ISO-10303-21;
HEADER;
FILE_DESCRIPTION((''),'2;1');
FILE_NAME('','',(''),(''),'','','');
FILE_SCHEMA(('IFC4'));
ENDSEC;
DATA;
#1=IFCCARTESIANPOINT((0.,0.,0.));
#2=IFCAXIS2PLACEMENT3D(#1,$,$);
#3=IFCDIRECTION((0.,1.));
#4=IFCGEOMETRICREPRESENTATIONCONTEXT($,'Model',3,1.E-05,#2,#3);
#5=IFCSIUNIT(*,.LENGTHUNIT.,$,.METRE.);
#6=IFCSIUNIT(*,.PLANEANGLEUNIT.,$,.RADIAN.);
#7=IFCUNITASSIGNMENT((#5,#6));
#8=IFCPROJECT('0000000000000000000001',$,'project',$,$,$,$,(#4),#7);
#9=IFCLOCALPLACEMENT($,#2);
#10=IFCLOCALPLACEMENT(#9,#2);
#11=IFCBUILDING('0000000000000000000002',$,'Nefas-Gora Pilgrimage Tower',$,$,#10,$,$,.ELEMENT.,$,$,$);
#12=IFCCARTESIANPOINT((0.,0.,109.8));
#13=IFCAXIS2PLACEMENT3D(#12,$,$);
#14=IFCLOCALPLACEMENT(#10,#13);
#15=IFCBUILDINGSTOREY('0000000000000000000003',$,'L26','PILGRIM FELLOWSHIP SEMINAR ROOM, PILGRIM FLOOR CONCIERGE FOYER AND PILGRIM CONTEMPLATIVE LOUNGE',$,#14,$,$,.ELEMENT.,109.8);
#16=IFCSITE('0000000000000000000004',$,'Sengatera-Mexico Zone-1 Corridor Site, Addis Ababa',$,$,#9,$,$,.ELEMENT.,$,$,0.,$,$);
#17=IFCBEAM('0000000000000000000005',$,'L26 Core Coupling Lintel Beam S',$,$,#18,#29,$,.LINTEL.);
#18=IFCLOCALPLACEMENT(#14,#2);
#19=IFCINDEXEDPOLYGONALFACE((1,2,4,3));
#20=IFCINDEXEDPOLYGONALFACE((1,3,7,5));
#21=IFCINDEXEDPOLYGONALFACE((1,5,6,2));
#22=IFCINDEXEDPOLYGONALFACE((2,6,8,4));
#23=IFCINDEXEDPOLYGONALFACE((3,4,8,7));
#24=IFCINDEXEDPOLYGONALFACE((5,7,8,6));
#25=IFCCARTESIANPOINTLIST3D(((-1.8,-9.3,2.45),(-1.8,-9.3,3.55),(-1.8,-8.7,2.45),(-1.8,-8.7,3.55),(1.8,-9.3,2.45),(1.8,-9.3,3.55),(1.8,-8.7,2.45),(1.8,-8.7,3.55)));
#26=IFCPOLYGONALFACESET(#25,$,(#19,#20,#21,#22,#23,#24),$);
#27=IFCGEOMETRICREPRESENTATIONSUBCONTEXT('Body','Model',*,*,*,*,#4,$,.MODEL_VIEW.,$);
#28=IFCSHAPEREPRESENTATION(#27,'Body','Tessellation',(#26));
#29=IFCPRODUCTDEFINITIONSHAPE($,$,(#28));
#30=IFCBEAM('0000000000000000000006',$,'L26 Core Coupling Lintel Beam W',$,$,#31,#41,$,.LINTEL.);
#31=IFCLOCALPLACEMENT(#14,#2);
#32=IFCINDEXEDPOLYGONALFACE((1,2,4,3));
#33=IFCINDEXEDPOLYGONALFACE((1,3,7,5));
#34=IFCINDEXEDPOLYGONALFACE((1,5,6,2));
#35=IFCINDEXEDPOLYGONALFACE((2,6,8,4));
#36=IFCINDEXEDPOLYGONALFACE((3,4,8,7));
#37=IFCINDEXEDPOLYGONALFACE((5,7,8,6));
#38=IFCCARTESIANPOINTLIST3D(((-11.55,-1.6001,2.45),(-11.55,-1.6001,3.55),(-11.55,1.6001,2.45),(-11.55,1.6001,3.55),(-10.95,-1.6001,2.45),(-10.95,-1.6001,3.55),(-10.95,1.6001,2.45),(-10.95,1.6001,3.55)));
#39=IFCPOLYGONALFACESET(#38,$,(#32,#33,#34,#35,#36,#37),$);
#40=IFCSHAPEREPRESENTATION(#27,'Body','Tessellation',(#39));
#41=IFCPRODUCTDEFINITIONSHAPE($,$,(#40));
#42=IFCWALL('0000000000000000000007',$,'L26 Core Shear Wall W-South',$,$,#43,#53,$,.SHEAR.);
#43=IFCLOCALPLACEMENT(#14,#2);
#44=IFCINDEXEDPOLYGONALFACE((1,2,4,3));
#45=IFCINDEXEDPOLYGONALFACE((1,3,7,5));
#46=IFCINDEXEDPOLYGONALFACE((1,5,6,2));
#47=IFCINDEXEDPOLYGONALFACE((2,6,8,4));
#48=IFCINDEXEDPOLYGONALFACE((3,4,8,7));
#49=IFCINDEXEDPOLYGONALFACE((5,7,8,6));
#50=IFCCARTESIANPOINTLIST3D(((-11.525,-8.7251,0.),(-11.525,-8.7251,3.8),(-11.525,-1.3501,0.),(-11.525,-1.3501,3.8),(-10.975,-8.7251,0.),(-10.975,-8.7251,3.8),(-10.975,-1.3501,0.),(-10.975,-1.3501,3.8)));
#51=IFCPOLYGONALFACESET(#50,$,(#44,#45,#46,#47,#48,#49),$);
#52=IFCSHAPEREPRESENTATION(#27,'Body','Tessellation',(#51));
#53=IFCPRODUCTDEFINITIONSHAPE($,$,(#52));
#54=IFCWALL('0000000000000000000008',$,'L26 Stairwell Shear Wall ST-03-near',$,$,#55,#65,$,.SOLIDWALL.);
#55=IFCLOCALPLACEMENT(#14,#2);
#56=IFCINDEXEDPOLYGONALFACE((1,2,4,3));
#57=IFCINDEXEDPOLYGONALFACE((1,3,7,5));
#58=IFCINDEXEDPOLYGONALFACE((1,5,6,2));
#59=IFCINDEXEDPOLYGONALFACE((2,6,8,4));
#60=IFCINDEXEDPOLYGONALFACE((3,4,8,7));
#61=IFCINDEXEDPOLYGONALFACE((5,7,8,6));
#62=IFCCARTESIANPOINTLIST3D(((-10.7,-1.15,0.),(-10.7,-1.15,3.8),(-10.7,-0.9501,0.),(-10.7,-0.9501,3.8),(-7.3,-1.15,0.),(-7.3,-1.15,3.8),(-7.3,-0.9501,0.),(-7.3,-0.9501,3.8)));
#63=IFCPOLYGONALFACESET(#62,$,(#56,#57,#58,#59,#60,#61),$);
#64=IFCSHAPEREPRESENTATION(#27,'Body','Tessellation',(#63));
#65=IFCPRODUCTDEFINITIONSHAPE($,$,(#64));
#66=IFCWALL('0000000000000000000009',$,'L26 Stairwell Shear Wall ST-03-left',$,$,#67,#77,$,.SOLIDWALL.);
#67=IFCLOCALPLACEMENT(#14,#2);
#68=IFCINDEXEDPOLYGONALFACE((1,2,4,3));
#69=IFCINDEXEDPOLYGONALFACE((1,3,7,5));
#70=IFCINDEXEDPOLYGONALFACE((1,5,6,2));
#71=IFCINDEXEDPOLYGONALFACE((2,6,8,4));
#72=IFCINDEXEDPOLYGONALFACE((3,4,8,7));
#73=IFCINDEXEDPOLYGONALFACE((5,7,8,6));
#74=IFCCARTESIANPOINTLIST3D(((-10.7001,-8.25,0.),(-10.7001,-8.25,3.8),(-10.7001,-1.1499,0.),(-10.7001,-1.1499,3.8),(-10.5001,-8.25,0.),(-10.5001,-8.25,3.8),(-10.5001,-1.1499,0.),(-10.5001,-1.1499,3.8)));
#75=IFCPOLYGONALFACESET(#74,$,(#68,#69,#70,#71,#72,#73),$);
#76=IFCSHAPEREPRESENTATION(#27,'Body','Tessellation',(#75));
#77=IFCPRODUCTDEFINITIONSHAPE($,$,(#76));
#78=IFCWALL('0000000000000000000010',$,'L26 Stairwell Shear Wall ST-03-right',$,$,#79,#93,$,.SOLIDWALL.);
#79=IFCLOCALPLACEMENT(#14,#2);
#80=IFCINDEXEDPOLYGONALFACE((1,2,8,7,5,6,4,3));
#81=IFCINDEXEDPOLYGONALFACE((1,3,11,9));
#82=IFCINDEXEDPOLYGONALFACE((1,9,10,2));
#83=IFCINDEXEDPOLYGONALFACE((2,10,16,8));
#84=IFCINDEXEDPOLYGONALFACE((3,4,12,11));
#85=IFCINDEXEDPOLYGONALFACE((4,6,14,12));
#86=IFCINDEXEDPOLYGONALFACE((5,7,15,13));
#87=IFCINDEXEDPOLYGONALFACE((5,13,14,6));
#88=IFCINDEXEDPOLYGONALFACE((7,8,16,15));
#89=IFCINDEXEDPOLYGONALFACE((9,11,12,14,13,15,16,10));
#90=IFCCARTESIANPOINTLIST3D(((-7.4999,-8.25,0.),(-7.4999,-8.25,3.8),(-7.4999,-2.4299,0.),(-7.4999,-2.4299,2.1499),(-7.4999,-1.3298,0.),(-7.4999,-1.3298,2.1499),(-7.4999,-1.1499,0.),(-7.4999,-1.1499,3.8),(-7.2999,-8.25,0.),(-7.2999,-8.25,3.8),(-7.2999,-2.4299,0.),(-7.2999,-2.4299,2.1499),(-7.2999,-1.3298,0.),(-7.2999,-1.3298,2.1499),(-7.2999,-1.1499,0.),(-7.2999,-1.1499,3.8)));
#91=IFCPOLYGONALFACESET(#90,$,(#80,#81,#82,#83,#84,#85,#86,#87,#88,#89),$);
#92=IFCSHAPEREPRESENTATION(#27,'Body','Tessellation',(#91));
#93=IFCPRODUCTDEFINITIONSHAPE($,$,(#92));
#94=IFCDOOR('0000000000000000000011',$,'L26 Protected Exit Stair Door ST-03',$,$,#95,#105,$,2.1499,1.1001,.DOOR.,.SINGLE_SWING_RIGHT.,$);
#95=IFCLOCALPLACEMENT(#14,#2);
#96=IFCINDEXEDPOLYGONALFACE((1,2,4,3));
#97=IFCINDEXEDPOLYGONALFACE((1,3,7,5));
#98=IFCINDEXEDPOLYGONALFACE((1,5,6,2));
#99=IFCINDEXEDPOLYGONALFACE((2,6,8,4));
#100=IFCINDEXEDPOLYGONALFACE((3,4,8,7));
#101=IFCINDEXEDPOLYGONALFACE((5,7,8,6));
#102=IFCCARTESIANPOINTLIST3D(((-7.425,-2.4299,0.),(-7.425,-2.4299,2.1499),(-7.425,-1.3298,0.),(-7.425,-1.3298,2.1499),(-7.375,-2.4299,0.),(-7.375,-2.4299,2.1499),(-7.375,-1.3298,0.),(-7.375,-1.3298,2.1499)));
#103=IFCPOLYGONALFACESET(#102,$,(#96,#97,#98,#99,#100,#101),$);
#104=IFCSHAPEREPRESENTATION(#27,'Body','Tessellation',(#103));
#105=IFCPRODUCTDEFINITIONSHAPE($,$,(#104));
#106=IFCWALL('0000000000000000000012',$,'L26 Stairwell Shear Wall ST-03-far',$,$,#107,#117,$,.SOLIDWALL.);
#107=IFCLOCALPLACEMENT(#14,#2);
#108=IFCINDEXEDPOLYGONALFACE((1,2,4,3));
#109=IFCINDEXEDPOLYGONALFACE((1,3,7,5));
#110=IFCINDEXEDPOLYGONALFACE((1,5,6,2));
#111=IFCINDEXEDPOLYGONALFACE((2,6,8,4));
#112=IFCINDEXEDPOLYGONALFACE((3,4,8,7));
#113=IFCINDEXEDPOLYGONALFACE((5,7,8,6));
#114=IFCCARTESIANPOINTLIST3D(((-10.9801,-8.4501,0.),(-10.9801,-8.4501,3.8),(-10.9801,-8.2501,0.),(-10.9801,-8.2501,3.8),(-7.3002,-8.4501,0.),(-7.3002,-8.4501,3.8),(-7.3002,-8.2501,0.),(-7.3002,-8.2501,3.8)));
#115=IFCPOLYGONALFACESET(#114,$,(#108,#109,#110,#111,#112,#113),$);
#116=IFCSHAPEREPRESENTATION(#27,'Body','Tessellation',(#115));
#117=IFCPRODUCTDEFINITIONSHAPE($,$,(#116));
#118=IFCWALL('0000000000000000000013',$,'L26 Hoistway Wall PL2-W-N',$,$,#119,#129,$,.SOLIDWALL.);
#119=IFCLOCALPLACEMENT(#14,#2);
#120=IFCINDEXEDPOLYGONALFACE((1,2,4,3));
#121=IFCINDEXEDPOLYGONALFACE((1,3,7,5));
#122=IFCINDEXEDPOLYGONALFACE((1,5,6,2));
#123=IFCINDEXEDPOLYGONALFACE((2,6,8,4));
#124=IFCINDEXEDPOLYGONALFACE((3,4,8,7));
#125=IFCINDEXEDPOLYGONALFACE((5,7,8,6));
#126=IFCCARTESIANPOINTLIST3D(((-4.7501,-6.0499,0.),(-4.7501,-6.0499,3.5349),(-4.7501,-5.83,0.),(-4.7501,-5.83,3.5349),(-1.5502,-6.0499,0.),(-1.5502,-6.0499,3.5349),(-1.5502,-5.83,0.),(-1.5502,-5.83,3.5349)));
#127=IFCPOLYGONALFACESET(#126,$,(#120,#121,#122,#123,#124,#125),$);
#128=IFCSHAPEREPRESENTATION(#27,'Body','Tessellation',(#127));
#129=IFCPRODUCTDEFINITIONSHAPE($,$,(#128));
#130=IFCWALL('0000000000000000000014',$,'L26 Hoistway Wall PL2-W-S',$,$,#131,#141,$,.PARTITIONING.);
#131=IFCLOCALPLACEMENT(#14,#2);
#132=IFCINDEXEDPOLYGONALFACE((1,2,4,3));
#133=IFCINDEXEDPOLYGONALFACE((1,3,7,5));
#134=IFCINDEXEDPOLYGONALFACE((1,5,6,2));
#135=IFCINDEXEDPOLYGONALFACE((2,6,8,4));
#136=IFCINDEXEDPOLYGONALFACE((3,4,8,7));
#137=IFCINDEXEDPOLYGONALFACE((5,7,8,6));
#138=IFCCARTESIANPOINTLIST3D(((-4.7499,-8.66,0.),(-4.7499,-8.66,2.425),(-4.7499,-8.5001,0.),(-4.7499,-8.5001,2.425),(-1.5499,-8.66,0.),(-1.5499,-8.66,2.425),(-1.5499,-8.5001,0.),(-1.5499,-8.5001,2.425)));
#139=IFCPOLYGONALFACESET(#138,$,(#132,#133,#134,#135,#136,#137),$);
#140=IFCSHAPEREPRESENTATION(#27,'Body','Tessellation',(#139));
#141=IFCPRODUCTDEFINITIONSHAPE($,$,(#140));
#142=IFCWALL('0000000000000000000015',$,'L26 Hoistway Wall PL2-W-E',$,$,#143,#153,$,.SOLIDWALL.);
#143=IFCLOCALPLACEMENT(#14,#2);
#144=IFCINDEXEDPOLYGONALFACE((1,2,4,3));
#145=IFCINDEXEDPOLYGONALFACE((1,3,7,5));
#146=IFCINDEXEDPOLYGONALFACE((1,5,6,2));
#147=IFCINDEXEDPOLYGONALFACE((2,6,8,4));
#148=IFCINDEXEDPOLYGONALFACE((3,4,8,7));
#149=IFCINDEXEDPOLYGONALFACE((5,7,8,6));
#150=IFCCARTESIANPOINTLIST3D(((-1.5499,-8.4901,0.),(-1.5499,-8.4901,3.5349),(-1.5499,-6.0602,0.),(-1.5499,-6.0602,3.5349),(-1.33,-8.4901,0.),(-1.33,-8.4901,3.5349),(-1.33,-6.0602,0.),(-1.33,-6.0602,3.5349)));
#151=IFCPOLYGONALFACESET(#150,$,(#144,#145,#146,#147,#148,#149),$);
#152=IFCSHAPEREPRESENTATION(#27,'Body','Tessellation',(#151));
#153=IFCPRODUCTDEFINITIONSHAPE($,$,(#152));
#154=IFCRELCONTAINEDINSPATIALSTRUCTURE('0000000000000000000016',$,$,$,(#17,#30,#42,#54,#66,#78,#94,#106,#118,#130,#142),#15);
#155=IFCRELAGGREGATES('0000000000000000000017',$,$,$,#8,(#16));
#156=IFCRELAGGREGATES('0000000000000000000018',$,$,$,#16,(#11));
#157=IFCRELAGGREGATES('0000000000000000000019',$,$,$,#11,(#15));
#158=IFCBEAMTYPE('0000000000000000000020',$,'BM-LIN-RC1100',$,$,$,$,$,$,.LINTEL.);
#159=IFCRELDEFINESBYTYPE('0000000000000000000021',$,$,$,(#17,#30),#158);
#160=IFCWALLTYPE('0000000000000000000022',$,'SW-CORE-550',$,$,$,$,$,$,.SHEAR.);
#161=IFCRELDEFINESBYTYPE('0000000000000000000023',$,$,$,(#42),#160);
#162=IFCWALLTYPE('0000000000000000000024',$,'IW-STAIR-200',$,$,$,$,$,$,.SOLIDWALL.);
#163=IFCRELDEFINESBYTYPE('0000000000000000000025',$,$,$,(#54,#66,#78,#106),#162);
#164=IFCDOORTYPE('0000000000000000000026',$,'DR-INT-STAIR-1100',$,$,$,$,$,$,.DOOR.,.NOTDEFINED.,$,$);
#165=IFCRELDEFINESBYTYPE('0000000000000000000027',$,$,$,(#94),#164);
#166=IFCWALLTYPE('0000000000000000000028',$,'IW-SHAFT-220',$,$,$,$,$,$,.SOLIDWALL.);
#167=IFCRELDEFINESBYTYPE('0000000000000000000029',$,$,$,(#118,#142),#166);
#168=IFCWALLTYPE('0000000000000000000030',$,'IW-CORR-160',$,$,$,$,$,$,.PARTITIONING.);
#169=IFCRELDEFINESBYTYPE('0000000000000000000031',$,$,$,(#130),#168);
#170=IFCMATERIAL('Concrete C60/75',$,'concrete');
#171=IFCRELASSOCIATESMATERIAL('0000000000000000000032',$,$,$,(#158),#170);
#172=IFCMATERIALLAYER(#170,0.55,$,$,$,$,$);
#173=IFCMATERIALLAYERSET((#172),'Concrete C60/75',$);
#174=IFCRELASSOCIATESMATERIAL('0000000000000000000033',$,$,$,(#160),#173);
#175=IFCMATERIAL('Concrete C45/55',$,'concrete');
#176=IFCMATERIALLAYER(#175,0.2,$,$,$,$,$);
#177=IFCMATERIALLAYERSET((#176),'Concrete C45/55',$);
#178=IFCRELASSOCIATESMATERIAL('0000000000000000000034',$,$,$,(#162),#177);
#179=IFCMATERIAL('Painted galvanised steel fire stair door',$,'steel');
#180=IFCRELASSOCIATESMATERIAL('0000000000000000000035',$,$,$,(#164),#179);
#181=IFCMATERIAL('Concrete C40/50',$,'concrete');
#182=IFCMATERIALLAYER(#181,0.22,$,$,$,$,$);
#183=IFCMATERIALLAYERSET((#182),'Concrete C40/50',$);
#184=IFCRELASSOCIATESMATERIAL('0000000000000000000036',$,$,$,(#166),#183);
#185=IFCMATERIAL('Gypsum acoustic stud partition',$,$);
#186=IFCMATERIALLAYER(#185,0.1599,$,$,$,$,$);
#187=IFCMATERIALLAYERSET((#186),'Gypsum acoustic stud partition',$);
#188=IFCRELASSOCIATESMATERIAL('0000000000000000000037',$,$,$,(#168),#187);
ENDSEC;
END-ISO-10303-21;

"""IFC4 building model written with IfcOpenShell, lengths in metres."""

from ifc_helpers import new_model, si_unit, direction, frame, frame_2d, origin, origin_2d, place, context, subcontext, project, spatial, rectangle, extrude, source, transform, mapped, material, layer, layer_set, material_profile, profile_set, type_object, element, fill, save


model = new_model("IFC4")

# Units and contexts
model_context = context("Model", 3, precision=1e-05, world=origin(), true_north=direction((0.0, 1.0)))
body_context = subcontext(model_context, "Body", "Model", "MODEL_VIEW")
ifc_project = project(units=[si_unit("LENGTHUNIT", "METRE"), si_unit("PLANEANGLEUNIT", "RADIAN")], contexts=[model_context])

# Site, building, storey
site_placement = place(None, origin())
site = spatial("IfcSite", under=ifc_project, at=site_placement, Name="Sengatera-Mexico Zone-1 Corridor Site, Addis Ababa", CompositionType="ELEMENT", RefElevation=0.0)
building_placement = place(site_placement, origin())
building = spatial("IfcBuilding", under=site, at=building_placement, Name="Nefas-Gora Pilgrimage Tower", CompositionType="ELEMENT")
storey_placement = place(building_placement, frame((0.0, 0.0, 109.8)))
storey = spatial("IfcBuildingStorey", under=building, at=storey_placement, Name="L26", Description="PILGRIM FELLOWSHIP SEMINAR ROOM, PILGRIM FLOOR CONCIERGE FOYER AND PILGRIM CONTEMPLATIVE LOUNGE", CompositionType="ELEMENT", Elevation=109.8)

# Beams
ifc_material_1 = material(Name="Concrete C60/75", Category="concrete")
ifc_material_profile = material_profile(ifc_material_1, rectangle(XDim=0.6001, YDim=1.1001, at=origin_2d()), Name="RC 600x1100")
ifc_profile_set = profile_set([ifc_material_profile], Name="Concrete C60/75")
beam_type = type_object("IfcBeamType", Name="BM-LIN-RC1100", PredefinedType="LINTEL", material=ifc_profile_set)
shared_shape_1 = source(origin(), body_context, "Body", "SweptSolid", [
    extrude(rectangle(XDim=0.6001, YDim=1.1001, at=origin_2d()), origin(), (0.0, 0.0, 1.0), 3.6001),
])
beam_1_placement = place(storey_placement, frame((-1.8, -9.0, 3.0), z_axis=(1.0, 0.0, 0.0), x_axis=(0.0, 1.0, 0.0)))
element("IfcBeam", 1, at=beam_1_placement, inside=storey, type_object=beam_type, Name="L26 Core Coupling Lintel Beam S", PredefinedType="LINTEL", context=body_context, shape_type="MappedRepresentation", body=[
    mapped(shared_shape_1, transform((0.0, 0.0, 0.0), x_axis=(1.0, 0.0, 0.0), y_axis=(0.0, 1.0, 0.0), z_axis=(0.0, 0.0, 1.0), scale=1.0)),
])
shared_shape_2 = source(origin(), body_context, "Body", "SweptSolid", [
    extrude(rectangle(XDim=0.6001, YDim=1.1001, at=origin_2d()), origin(), (0.0, 0.0, 1.0), 3.2002),
])
beam_2_placement = place(storey_placement, frame((-11.25, -1.6001, 3.0), z_axis=(0.0, 1.0, 0.0), x_axis=(-1.0, 0.0, 0.0)))
element("IfcBeam", 2, at=beam_2_placement, inside=storey, type_object=beam_type, Name="L26 Core Coupling Lintel Beam W", PredefinedType="LINTEL", context=body_context, shape_type="MappedRepresentation", body=[
    mapped(shared_shape_2, transform((0.0, 0.0, 0.0), x_axis=(1.0, 0.0, 0.0), y_axis=(0.0, 1.0, 0.0), z_axis=(0.0, 0.0, 1.0), scale=1.0)),
])

# Walls
ifc_layer_1 = layer(ifc_material_1, 0.55)
ifc_layer_set_1 = layer_set([ifc_layer_1], Name="Concrete C60/75")
wall_type_1 = type_object("IfcWallType", Name="SW-CORE-550", PredefinedType="SHEAR", material=ifc_layer_set_1)
shared_shape_3 = source(origin(), body_context, "Body", "SweptSolid", [
    extrude(rectangle(XDim=7.375, YDim=0.55, at=frame_2d((3.6875, 0.0))), origin(), (0.0, 0.0, 1.0), 3.8),
])
wall_1_placement = place(storey_placement, frame((-11.25, -8.7251, 0.0), z_axis=(0.0, 0.0, 1.0), x_axis=(0.0, 1.0, 0.0)))
element("IfcWall", 3, at=wall_1_placement, inside=storey, type_object=wall_type_1, Name="L26 Core Shear Wall W-South", PredefinedType="SHEAR", context=body_context, shape_type="MappedRepresentation", body=[
    mapped(shared_shape_3, transform((0.0, 0.0, 0.0), x_axis=(1.0, 0.0, 0.0), y_axis=(0.0, 1.0, 0.0), z_axis=(0.0, 0.0, 1.0), scale=1.0)),
])
ifc_material_2 = material(Name="Concrete C45/55", Category="concrete")
ifc_layer_2 = layer(ifc_material_2, 0.2)
ifc_layer_set_2 = layer_set([ifc_layer_2], Name="Concrete C45/55")
wall_type_2 = type_object("IfcWallType", Name="IW-STAIR-200", PredefinedType="SOLIDWALL", material=ifc_layer_set_2)
shared_shape_4 = source(origin(), body_context, "Body", "SweptSolid", [
    extrude(rectangle(XDim=3.3999, YDim=0.2, at=frame_2d((1.7, 0.0))), origin(), (0.0, 0.0, 1.0), 3.8),
])
wall_2_placement = place(storey_placement, frame((-10.7, -1.05, 0.0), z_axis=(0.0, 0.0, 1.0), x_axis=(1.0, 0.0, 0.0)))
element("IfcWall", 4, at=wall_2_placement, inside=storey, type_object=wall_type_2, Name="L26 Stairwell Shear Wall ST-03-near", PredefinedType="SOLIDWALL", context=body_context, shape_type="MappedRepresentation", body=[
    mapped(shared_shape_4, transform((0.0, 0.0, 0.0), x_axis=(1.0, 0.0, 0.0), y_axis=(0.0, 1.0, 0.0), z_axis=(0.0, 0.0, 1.0), scale=1.0)),
])
shared_shape_5 = source(origin(), body_context, "Body", "SweptSolid", [
    extrude(rectangle(XDim=7.1001, YDim=0.2, at=frame_2d((3.55, 0.0))), origin(), (0.0, 0.0, 1.0), 3.8),
])
wall_3_placement = place(storey_placement, frame((-10.6001, -1.1499, 0.0), z_axis=(0.0, 0.0, 1.0), x_axis=(0.0, -1.0, 0.0)))
element("IfcWall", 5, at=wall_3_placement, inside=storey, type_object=wall_type_2, Name="L26 Stairwell Shear Wall ST-03-left", PredefinedType="SOLIDWALL", context=body_context, shape_type="MappedRepresentation", body=[
    mapped(shared_shape_5, transform((0.0, 0.0, 0.0), x_axis=(1.0, 0.0, 0.0), y_axis=(0.0, 1.0, 0.0), z_axis=(0.0, 0.0, 1.0), scale=1.0)),
])

# Wall, opening, door
wall_4_placement = place(storey_placement, frame((-7.3999, -1.1499, 0.0), z_axis=(0.0, 0.0, 1.0), x_axis=(0.0, -1.0, 0.0)))
wall_4 = element("IfcWall", 6, at=wall_4_placement, inside=storey, type_object=wall_type_2, Name="L26 Stairwell Shear Wall ST-03-right", PredefinedType="SOLIDWALL", context=body_context, shape_type="MappedRepresentation", body=[
    mapped(shared_shape_5, transform((0.0, 0.0, 0.0), x_axis=(1.0, 0.0, 0.0), y_axis=(0.0, 1.0, 0.0), z_axis=(0.0, 0.0, 1.0), scale=1.0)),
])
opening_1_placement = place(wall_4_placement, frame((0.1799, 0.0, 0.0)))
opening_1 = element("IfcOpeningElement", 7, at=opening_1_placement, cuts=wall_4, PredefinedType="OPENING", context=body_context, shape_type="SweptSolid", body=[
    extrude(rectangle(XDim=1.1001, YDim=2.1499, at=frame_2d((0.55, 1.075))), frame((0.0, 0.1099, 0.0), z_axis=(0.0, -1.0, 0.0), x_axis=(1.0, 0.0, 0.0)), (0.0, 0.0, 1.0), 0.22),
])
ifc_material_3 = material(Name="Painted galvanised steel fire stair door", Category="steel")
door_type_1 = type_object("IfcDoorType", Name="DR-INT-STAIR-1100", OperationType="NOTDEFINED", PredefinedType="DOOR", material=ifc_material_3)
shared_shape_6 = source(origin(), body_context, "Body", "SweptSolid", [
    extrude(rectangle(XDim=1.1001, YDim=2.1499, at=frame_2d((0.55, 1.075))), frame((0.0, 0.0249, 0.0), z_axis=(0.0, -1.0, 0.0), x_axis=(1.0, 0.0, 0.0)), (0.0, 0.0, 1.0), 0.05),
])
door_1_placement = place(opening_1_placement, origin())
door_1 = element("IfcDoor", 8, at=door_1_placement, inside=storey, type_object=door_type_1, Name="L26 Protected Exit Stair Door ST-03", OperationType="SINGLE_SWING_RIGHT", OverallHeight=2.1499, OverallWidth=1.1001, PredefinedType="DOOR", context=body_context, shape_type="MappedRepresentation", body=[
    mapped(shared_shape_6, transform((0.0, 0.0, 0.0), x_axis=(1.0, 0.0, 0.0), y_axis=(0.0, 1.0, 0.0), z_axis=(0.0, 0.0, 1.0), scale=1.0)),
])
fill(opening_1, door_1)

# Walls
shared_shape_7 = source(origin(), body_context, "Body", "SweptSolid", [
    extrude(rectangle(XDim=3.6799, YDim=0.2, at=frame_2d((1.8398, 0.0))), origin(), (0.0, 0.0, 1.0), 3.8),
])
wall_5_placement = place(storey_placement, frame((-10.98, -8.3501, 0.0), z_axis=(0.0, 0.0, 1.0), x_axis=(1.0, 0.0, 0.0)))
element("IfcWall", 9, at=wall_5_placement, inside=storey, type_object=wall_type_2, Name="L26 Stairwell Shear Wall ST-03-far", PredefinedType="SOLIDWALL", context=body_context, shape_type="MappedRepresentation", body=[
    mapped(shared_shape_7, transform((0.0, 0.0, 0.0), x_axis=(1.0, 0.0, 0.0), y_axis=(0.0, 1.0, 0.0), z_axis=(0.0, 0.0, 1.0), scale=1.0)),
])
ifc_material_4 = material(Name="Concrete C40/50", Category="concrete")
ifc_layer_3 = layer(ifc_material_4, 0.22)
ifc_layer_set_3 = layer_set([ifc_layer_3], Name="Concrete C40/50")
wall_type_3 = type_object("IfcWallType", Name="IW-SHAFT-220", PredefinedType="SOLIDWALL", material=ifc_layer_set_3)
shared_shape_8 = source(origin(), body_context, "Body", "SweptSolid", [
    extrude(rectangle(XDim=3.2, YDim=0.22, at=frame_2d((1.6001, 0.0))), origin(), (0.0, 0.0, 1.0), 3.5349),
])
wall_6_placement = place(storey_placement, frame((-1.55, -5.9399, 0.0), z_axis=(0.0, 0.0, 1.0), x_axis=(-1.0, 0.0, 0.0)))
element("IfcWall", 10, at=wall_6_placement, inside=storey, type_object=wall_type_3, Name="L26 Hoistway Wall PL2-W-N", PredefinedType="SOLIDWALL", context=body_context, shape_type="MappedRepresentation", body=[
    mapped(shared_shape_8, transform((0.0, 0.0, 0.0), x_axis=(1.0, 0.0, 0.0), y_axis=(0.0, 1.0, 0.0), z_axis=(0.0, 0.0, 1.0), scale=1.0)),
])
ifc_material_5 = material(Name="Gypsum acoustic stud partition")
ifc_layer_4 = layer(ifc_material_5, 0.1599)
ifc_layer_set_4 = layer_set([ifc_layer_4], Name="Gypsum acoustic stud partition")
wall_type_4 = type_object("IfcWallType", Name="IW-CORR-160", PredefinedType="PARTITIONING", material=ifc_layer_set_4)
shared_shape_9 = source(origin(), body_context, "Body", "SweptSolid", [
    extrude(rectangle(XDim=3.2, YDim=0.1599, at=frame_2d((1.6001, 0.0))), origin(), (0.0, 0.0, 1.0), 2.425),
])
wall_7_placement = place(storey_placement, frame((-4.75, -8.5801, 0.0), z_axis=(0.0, 0.0, 1.0), x_axis=(1.0, 0.0, 0.0)))
element("IfcWall", 11, at=wall_7_placement, inside=storey, type_object=wall_type_4, Name="L26 Hoistway Wall PL2-W-S", PredefinedType="PARTITIONING", context=body_context, shape_type="MappedRepresentation", body=[
    mapped(shared_shape_9, transform((0.0, 0.0, 0.0), x_axis=(1.0, 0.0, 0.0), y_axis=(0.0, 1.0, 0.0), z_axis=(0.0, 0.0, 1.0), scale=1.0)),
])
shared_shape_10 = source(origin(), body_context, "Body", "SweptSolid", [
    extrude(rectangle(XDim=2.4299, YDim=0.22, at=frame_2d((1.2148, 0.0))), origin(), (0.0, 0.0, 1.0), 3.5349),
])
for number, where, z_axis, x_axis, name in (
    (12, (-1.4399, -8.49, 0.0), (0.0, 0.0, 1.0), (0.0, 1.0, 0.0), "L26 Hoistway Wall PL2-W-E"),
):
    element("IfcWall", number, at=place(storey_placement, frame(where, z_axis=z_axis, x_axis=x_axis)), inside=storey, type_object=wall_type_3, Name=name, PredefinedType="SOLIDWALL", context=body_context, shape_type="MappedRepresentation", body=[
        mapped(shared_shape_10, transform((0.0, 0.0, 0.0), x_axis=(1.0, 0.0, 0.0), y_axis=(0.0, 1.0, 0.0), z_axis=(0.0, 0.0, 1.0), scale=1.0)),
    ])

save(model, "model.ifc")
